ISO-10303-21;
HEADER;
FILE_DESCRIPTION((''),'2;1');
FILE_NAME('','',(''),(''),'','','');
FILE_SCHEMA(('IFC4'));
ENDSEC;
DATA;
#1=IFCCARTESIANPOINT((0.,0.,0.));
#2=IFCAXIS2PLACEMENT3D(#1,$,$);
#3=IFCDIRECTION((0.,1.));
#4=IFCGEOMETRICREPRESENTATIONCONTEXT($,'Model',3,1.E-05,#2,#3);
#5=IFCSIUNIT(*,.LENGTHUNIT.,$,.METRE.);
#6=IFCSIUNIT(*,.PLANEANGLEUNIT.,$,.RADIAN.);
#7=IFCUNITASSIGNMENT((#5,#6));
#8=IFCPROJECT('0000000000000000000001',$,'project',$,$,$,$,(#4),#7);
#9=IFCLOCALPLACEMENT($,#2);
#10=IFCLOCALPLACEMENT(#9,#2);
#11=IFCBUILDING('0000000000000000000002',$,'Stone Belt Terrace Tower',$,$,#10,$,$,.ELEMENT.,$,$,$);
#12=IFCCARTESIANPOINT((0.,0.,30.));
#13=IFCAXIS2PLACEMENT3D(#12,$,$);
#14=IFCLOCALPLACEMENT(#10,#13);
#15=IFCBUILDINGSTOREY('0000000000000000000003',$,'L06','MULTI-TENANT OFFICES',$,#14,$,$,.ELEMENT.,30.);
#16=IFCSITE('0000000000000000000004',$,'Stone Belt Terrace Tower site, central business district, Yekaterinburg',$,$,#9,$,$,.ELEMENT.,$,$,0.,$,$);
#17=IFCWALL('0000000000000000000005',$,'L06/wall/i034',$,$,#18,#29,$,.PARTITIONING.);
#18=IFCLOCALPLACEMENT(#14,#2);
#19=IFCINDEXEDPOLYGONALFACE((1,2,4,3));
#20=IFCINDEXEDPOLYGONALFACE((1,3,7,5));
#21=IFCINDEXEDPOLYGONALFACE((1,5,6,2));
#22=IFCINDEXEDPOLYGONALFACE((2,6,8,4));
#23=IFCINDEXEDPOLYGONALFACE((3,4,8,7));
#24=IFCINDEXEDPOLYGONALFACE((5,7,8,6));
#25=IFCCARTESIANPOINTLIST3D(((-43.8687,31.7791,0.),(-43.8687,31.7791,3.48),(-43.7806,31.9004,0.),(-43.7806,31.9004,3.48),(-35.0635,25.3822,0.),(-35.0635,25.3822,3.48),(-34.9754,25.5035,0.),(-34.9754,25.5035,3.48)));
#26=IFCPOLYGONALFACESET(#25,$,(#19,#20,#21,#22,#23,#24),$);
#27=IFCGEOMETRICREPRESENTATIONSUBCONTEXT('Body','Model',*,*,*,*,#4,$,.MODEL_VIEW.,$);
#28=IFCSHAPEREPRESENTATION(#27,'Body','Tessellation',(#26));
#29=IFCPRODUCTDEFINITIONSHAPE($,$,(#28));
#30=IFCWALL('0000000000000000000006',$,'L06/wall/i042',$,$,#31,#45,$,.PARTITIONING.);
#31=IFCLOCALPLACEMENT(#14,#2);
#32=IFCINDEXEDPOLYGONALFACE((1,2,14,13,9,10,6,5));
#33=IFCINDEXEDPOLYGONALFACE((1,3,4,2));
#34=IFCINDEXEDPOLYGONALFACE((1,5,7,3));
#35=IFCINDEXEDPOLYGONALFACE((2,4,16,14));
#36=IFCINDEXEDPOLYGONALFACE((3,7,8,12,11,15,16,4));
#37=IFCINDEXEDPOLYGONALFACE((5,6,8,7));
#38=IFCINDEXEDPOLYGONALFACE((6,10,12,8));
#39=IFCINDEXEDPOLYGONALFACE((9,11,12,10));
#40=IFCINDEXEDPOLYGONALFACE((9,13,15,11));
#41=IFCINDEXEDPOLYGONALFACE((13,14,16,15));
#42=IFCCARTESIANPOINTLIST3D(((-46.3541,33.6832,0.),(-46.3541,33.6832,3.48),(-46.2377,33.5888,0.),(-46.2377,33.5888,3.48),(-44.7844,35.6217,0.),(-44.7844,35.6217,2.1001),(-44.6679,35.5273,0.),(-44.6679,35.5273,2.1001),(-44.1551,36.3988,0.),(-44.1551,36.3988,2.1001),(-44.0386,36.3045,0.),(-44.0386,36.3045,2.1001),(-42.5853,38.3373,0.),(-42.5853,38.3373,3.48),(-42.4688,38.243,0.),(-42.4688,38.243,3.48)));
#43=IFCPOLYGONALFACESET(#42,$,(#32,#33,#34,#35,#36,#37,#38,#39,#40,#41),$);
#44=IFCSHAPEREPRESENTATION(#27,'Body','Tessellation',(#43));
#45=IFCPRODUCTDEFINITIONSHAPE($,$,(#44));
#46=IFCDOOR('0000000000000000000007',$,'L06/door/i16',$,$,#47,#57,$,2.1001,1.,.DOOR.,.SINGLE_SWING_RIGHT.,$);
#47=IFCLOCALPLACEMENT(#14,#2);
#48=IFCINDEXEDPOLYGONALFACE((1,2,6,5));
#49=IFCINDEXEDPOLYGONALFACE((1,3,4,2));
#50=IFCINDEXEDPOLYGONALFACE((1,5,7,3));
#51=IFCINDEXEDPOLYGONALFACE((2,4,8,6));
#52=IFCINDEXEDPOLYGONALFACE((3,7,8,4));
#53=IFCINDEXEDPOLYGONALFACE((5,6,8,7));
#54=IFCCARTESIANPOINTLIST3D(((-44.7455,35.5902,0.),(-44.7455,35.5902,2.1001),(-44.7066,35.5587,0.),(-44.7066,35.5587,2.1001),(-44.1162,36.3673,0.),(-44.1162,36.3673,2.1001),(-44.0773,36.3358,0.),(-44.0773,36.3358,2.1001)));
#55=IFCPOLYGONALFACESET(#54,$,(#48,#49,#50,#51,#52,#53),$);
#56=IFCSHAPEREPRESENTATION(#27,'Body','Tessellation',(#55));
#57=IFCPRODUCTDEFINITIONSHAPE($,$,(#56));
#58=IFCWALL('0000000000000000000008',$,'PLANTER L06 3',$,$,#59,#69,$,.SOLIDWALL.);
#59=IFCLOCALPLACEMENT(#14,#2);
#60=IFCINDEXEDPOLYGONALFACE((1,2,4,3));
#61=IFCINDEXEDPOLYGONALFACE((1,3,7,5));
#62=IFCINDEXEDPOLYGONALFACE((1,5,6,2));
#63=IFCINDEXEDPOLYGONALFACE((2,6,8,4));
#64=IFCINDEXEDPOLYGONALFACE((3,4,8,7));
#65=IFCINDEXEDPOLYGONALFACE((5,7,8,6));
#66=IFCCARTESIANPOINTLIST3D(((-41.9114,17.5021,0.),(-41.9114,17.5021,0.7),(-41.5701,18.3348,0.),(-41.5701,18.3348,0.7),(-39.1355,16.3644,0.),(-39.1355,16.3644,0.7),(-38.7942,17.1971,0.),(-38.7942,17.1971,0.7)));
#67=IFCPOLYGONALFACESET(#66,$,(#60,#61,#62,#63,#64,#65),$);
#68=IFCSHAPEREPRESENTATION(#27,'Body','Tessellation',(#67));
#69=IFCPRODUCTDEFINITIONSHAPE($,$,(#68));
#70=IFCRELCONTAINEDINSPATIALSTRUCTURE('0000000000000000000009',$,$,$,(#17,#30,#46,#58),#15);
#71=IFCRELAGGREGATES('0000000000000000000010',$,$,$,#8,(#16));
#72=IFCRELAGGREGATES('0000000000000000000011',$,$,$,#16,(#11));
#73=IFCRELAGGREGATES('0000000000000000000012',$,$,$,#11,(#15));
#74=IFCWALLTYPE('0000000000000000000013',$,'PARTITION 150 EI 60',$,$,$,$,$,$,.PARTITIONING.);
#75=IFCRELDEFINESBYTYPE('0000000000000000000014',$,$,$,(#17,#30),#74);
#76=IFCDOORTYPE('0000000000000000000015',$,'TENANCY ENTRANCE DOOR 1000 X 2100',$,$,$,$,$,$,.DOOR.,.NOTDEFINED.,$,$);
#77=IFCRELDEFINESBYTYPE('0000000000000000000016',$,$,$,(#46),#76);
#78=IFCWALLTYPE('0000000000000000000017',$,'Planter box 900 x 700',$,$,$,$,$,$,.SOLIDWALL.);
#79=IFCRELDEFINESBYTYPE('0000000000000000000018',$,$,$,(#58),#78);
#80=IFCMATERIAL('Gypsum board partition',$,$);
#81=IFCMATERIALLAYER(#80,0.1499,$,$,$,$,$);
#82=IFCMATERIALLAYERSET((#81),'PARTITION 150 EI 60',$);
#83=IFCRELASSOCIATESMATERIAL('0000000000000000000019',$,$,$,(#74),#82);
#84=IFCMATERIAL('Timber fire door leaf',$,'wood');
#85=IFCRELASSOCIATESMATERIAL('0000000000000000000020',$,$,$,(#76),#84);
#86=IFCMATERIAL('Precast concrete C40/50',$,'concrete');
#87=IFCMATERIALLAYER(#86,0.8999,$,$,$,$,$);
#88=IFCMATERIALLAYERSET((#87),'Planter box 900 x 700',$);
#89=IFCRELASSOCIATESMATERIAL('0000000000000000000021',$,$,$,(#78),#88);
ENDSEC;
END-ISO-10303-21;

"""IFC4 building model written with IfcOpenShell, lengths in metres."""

from ifc_helpers import new_model, si_unit, direction, frame, frame_2d, origin, origin_2d, place, context, subcontext, project, spatial, rectangle, extrude, material, layer, layer_set, type_object, element, fill, save


model = new_model("IFC4")

# Units and contexts
model_context = context("Model", 3, precision=1e-05, world=origin(), true_north=direction((0.0, 1.0)))
body_context = subcontext(model_context, "Body", "Model", "MODEL_VIEW")
ifc_project = project(units=[si_unit("LENGTHUNIT", "METRE"), si_unit("PLANEANGLEUNIT", "RADIAN")], contexts=[model_context])

# Site, building, storey
site_placement = place(None, origin())
site = spatial("IfcSite", under=ifc_project, at=site_placement, Name="Stone Belt Terrace Tower site, central business district, Yekaterinburg", CompositionType="ELEMENT", RefElevation=0.0)
building_placement = place(site_placement, origin())
building = spatial("IfcBuilding", under=site, at=building_placement, Name="Stone Belt Terrace Tower", CompositionType="ELEMENT")
storey_placement = place(building_placement, frame((0.0, 0.0, 30.0)))
storey = spatial("IfcBuildingStorey", under=building, at=storey_placement, Name="L06", Description="MULTI-TENANT OFFICES", CompositionType="ELEMENT", Elevation=30.0)

# Shared definitions
ifc_material_1 = material(Name="Gypsum board partition")
ifc_layer_1 = layer(ifc_material_1, 0.1499)
ifc_layer_set_1 = layer_set([ifc_layer_1], Name="PARTITION 150 EI 60")
wall_type_1 = type_object("IfcWallType", Name="PARTITION 150 EI 60", PredefinedType="PARTITIONING", material=ifc_layer_set_1)
ifc_material_2 = material(Name="Timber fire door leaf", Category="wood")

# Wall
wall_1_placement = place(storey_placement, frame((-43.8247, 31.8398, 0.0), z_axis=(0.0, 0.0, 1.0), x_axis=(0.809033, -0.587763, 0.0)))
element("IfcWall", 1, at=wall_1_placement, inside=storey, type_object=wall_type_1, Name="L06/wall/i034", PredefinedType="PARTITIONING", context=body_context, shape_type="SweptSolid", body=[
    extrude(rectangle(XDim=10.8835, YDim=0.1499, at=frame_2d((5.4419, 0.0))), origin(), (0.0, 0.0, 1.0), 3.48),
])

# Wall, opening, door
wall_2_placement = place(storey_placement, frame((-46.2959, 33.636, 0.0), z_axis=(0.0, 0.0, 1.0), x_axis=(0.629323, 0.777144, 0.0)))
wall_2 = element("IfcWall", 2, at=wall_2_placement, inside=storey, type_object=wall_type_1, Name="L06/wall/i042", PredefinedType="PARTITIONING", context=body_context, shape_type="SweptSolid", body=[
    extrude(rectangle(XDim=5.9888, YDim=0.1499, at=frame_2d((2.9944, 0.0))), origin(), (0.0, 0.0, 1.0), 3.48),
])
opening_1_placement = place(wall_2_placement, frame((2.4944, 0.0, 0.0)))
opening_1 = element("IfcOpeningElement", 3, at=opening_1_placement, cuts=wall_2, PredefinedType="OPENING", context=body_context, shape_type="SweptSolid", body=[
    extrude(rectangle(XDim=1.0, YDim=2.1001, at=frame_2d((0.5, 1.05))), frame((0.0, 0.085, 0.0), z_axis=(0.0, -1.0, 0.0), x_axis=(1.0, 0.0, 0.0)), (0.0, 0.0, 1.0), 0.1699),
])
door_type_1 = type_object("IfcDoorType", Name="TENANCY ENTRANCE DOOR 1000 X 2100", OperationType="NOTDEFINED", PredefinedType="DOOR", material=ifc_material_2)
door_1_placement = place(opening_1_placement, origin())
door_1 = element("IfcDoor", 4, at=door_1_placement, inside=storey, type_object=door_type_1, Name="L06/door/i16", OperationType="SINGLE_SWING_RIGHT", OverallHeight=2.1001, OverallWidth=1.0, PredefinedType="DOOR", context=body_context, shape_type="SweptSolid", body=[
    extrude(rectangle(XDim=1.0, YDim=2.1001, at=frame_2d((0.5, 1.05))), frame((0.0, 0.0249, 0.0), z_axis=(0.0, -1.0, 0.0), x_axis=(1.0, 0.0, 0.0)), (0.0, 0.0, 1.0), 0.05),
])
fill(opening_1, door_1)

# Wall
ifc_material_3 = material(Name="Precast concrete C40/50", Category="concrete")
ifc_layer_2 = layer(ifc_material_3, 0.8999)
ifc_layer_set_2 = layer_set([ifc_layer_2], Name="Planter box 900 x 700")
wall_type_2 = type_object("IfcWallType", Name="Planter box 900 x 700", PredefinedType="SOLIDWALL", material=ifc_layer_set_2)
wall_3_placement = place(storey_placement, frame((-40.3528, 17.3496, 0.0), z_axis=(0.0, 0.0, 1.0), x_axis=(0.925297, -0.379243, 0.0)))
element("IfcWall", 5, at=wall_3_placement, inside=storey, type_object=wall_type_2, Name="PLANTER L06 3", PredefinedType="SOLIDWALL", context=body_context, shape_type="SweptSolid", body=[
    extrude(rectangle(XDim=3.0, YDim=0.8999, at=origin_2d()), origin(), (0.0, 0.0, 1.0), 0.7),
])

save(model, "model.ifc")
